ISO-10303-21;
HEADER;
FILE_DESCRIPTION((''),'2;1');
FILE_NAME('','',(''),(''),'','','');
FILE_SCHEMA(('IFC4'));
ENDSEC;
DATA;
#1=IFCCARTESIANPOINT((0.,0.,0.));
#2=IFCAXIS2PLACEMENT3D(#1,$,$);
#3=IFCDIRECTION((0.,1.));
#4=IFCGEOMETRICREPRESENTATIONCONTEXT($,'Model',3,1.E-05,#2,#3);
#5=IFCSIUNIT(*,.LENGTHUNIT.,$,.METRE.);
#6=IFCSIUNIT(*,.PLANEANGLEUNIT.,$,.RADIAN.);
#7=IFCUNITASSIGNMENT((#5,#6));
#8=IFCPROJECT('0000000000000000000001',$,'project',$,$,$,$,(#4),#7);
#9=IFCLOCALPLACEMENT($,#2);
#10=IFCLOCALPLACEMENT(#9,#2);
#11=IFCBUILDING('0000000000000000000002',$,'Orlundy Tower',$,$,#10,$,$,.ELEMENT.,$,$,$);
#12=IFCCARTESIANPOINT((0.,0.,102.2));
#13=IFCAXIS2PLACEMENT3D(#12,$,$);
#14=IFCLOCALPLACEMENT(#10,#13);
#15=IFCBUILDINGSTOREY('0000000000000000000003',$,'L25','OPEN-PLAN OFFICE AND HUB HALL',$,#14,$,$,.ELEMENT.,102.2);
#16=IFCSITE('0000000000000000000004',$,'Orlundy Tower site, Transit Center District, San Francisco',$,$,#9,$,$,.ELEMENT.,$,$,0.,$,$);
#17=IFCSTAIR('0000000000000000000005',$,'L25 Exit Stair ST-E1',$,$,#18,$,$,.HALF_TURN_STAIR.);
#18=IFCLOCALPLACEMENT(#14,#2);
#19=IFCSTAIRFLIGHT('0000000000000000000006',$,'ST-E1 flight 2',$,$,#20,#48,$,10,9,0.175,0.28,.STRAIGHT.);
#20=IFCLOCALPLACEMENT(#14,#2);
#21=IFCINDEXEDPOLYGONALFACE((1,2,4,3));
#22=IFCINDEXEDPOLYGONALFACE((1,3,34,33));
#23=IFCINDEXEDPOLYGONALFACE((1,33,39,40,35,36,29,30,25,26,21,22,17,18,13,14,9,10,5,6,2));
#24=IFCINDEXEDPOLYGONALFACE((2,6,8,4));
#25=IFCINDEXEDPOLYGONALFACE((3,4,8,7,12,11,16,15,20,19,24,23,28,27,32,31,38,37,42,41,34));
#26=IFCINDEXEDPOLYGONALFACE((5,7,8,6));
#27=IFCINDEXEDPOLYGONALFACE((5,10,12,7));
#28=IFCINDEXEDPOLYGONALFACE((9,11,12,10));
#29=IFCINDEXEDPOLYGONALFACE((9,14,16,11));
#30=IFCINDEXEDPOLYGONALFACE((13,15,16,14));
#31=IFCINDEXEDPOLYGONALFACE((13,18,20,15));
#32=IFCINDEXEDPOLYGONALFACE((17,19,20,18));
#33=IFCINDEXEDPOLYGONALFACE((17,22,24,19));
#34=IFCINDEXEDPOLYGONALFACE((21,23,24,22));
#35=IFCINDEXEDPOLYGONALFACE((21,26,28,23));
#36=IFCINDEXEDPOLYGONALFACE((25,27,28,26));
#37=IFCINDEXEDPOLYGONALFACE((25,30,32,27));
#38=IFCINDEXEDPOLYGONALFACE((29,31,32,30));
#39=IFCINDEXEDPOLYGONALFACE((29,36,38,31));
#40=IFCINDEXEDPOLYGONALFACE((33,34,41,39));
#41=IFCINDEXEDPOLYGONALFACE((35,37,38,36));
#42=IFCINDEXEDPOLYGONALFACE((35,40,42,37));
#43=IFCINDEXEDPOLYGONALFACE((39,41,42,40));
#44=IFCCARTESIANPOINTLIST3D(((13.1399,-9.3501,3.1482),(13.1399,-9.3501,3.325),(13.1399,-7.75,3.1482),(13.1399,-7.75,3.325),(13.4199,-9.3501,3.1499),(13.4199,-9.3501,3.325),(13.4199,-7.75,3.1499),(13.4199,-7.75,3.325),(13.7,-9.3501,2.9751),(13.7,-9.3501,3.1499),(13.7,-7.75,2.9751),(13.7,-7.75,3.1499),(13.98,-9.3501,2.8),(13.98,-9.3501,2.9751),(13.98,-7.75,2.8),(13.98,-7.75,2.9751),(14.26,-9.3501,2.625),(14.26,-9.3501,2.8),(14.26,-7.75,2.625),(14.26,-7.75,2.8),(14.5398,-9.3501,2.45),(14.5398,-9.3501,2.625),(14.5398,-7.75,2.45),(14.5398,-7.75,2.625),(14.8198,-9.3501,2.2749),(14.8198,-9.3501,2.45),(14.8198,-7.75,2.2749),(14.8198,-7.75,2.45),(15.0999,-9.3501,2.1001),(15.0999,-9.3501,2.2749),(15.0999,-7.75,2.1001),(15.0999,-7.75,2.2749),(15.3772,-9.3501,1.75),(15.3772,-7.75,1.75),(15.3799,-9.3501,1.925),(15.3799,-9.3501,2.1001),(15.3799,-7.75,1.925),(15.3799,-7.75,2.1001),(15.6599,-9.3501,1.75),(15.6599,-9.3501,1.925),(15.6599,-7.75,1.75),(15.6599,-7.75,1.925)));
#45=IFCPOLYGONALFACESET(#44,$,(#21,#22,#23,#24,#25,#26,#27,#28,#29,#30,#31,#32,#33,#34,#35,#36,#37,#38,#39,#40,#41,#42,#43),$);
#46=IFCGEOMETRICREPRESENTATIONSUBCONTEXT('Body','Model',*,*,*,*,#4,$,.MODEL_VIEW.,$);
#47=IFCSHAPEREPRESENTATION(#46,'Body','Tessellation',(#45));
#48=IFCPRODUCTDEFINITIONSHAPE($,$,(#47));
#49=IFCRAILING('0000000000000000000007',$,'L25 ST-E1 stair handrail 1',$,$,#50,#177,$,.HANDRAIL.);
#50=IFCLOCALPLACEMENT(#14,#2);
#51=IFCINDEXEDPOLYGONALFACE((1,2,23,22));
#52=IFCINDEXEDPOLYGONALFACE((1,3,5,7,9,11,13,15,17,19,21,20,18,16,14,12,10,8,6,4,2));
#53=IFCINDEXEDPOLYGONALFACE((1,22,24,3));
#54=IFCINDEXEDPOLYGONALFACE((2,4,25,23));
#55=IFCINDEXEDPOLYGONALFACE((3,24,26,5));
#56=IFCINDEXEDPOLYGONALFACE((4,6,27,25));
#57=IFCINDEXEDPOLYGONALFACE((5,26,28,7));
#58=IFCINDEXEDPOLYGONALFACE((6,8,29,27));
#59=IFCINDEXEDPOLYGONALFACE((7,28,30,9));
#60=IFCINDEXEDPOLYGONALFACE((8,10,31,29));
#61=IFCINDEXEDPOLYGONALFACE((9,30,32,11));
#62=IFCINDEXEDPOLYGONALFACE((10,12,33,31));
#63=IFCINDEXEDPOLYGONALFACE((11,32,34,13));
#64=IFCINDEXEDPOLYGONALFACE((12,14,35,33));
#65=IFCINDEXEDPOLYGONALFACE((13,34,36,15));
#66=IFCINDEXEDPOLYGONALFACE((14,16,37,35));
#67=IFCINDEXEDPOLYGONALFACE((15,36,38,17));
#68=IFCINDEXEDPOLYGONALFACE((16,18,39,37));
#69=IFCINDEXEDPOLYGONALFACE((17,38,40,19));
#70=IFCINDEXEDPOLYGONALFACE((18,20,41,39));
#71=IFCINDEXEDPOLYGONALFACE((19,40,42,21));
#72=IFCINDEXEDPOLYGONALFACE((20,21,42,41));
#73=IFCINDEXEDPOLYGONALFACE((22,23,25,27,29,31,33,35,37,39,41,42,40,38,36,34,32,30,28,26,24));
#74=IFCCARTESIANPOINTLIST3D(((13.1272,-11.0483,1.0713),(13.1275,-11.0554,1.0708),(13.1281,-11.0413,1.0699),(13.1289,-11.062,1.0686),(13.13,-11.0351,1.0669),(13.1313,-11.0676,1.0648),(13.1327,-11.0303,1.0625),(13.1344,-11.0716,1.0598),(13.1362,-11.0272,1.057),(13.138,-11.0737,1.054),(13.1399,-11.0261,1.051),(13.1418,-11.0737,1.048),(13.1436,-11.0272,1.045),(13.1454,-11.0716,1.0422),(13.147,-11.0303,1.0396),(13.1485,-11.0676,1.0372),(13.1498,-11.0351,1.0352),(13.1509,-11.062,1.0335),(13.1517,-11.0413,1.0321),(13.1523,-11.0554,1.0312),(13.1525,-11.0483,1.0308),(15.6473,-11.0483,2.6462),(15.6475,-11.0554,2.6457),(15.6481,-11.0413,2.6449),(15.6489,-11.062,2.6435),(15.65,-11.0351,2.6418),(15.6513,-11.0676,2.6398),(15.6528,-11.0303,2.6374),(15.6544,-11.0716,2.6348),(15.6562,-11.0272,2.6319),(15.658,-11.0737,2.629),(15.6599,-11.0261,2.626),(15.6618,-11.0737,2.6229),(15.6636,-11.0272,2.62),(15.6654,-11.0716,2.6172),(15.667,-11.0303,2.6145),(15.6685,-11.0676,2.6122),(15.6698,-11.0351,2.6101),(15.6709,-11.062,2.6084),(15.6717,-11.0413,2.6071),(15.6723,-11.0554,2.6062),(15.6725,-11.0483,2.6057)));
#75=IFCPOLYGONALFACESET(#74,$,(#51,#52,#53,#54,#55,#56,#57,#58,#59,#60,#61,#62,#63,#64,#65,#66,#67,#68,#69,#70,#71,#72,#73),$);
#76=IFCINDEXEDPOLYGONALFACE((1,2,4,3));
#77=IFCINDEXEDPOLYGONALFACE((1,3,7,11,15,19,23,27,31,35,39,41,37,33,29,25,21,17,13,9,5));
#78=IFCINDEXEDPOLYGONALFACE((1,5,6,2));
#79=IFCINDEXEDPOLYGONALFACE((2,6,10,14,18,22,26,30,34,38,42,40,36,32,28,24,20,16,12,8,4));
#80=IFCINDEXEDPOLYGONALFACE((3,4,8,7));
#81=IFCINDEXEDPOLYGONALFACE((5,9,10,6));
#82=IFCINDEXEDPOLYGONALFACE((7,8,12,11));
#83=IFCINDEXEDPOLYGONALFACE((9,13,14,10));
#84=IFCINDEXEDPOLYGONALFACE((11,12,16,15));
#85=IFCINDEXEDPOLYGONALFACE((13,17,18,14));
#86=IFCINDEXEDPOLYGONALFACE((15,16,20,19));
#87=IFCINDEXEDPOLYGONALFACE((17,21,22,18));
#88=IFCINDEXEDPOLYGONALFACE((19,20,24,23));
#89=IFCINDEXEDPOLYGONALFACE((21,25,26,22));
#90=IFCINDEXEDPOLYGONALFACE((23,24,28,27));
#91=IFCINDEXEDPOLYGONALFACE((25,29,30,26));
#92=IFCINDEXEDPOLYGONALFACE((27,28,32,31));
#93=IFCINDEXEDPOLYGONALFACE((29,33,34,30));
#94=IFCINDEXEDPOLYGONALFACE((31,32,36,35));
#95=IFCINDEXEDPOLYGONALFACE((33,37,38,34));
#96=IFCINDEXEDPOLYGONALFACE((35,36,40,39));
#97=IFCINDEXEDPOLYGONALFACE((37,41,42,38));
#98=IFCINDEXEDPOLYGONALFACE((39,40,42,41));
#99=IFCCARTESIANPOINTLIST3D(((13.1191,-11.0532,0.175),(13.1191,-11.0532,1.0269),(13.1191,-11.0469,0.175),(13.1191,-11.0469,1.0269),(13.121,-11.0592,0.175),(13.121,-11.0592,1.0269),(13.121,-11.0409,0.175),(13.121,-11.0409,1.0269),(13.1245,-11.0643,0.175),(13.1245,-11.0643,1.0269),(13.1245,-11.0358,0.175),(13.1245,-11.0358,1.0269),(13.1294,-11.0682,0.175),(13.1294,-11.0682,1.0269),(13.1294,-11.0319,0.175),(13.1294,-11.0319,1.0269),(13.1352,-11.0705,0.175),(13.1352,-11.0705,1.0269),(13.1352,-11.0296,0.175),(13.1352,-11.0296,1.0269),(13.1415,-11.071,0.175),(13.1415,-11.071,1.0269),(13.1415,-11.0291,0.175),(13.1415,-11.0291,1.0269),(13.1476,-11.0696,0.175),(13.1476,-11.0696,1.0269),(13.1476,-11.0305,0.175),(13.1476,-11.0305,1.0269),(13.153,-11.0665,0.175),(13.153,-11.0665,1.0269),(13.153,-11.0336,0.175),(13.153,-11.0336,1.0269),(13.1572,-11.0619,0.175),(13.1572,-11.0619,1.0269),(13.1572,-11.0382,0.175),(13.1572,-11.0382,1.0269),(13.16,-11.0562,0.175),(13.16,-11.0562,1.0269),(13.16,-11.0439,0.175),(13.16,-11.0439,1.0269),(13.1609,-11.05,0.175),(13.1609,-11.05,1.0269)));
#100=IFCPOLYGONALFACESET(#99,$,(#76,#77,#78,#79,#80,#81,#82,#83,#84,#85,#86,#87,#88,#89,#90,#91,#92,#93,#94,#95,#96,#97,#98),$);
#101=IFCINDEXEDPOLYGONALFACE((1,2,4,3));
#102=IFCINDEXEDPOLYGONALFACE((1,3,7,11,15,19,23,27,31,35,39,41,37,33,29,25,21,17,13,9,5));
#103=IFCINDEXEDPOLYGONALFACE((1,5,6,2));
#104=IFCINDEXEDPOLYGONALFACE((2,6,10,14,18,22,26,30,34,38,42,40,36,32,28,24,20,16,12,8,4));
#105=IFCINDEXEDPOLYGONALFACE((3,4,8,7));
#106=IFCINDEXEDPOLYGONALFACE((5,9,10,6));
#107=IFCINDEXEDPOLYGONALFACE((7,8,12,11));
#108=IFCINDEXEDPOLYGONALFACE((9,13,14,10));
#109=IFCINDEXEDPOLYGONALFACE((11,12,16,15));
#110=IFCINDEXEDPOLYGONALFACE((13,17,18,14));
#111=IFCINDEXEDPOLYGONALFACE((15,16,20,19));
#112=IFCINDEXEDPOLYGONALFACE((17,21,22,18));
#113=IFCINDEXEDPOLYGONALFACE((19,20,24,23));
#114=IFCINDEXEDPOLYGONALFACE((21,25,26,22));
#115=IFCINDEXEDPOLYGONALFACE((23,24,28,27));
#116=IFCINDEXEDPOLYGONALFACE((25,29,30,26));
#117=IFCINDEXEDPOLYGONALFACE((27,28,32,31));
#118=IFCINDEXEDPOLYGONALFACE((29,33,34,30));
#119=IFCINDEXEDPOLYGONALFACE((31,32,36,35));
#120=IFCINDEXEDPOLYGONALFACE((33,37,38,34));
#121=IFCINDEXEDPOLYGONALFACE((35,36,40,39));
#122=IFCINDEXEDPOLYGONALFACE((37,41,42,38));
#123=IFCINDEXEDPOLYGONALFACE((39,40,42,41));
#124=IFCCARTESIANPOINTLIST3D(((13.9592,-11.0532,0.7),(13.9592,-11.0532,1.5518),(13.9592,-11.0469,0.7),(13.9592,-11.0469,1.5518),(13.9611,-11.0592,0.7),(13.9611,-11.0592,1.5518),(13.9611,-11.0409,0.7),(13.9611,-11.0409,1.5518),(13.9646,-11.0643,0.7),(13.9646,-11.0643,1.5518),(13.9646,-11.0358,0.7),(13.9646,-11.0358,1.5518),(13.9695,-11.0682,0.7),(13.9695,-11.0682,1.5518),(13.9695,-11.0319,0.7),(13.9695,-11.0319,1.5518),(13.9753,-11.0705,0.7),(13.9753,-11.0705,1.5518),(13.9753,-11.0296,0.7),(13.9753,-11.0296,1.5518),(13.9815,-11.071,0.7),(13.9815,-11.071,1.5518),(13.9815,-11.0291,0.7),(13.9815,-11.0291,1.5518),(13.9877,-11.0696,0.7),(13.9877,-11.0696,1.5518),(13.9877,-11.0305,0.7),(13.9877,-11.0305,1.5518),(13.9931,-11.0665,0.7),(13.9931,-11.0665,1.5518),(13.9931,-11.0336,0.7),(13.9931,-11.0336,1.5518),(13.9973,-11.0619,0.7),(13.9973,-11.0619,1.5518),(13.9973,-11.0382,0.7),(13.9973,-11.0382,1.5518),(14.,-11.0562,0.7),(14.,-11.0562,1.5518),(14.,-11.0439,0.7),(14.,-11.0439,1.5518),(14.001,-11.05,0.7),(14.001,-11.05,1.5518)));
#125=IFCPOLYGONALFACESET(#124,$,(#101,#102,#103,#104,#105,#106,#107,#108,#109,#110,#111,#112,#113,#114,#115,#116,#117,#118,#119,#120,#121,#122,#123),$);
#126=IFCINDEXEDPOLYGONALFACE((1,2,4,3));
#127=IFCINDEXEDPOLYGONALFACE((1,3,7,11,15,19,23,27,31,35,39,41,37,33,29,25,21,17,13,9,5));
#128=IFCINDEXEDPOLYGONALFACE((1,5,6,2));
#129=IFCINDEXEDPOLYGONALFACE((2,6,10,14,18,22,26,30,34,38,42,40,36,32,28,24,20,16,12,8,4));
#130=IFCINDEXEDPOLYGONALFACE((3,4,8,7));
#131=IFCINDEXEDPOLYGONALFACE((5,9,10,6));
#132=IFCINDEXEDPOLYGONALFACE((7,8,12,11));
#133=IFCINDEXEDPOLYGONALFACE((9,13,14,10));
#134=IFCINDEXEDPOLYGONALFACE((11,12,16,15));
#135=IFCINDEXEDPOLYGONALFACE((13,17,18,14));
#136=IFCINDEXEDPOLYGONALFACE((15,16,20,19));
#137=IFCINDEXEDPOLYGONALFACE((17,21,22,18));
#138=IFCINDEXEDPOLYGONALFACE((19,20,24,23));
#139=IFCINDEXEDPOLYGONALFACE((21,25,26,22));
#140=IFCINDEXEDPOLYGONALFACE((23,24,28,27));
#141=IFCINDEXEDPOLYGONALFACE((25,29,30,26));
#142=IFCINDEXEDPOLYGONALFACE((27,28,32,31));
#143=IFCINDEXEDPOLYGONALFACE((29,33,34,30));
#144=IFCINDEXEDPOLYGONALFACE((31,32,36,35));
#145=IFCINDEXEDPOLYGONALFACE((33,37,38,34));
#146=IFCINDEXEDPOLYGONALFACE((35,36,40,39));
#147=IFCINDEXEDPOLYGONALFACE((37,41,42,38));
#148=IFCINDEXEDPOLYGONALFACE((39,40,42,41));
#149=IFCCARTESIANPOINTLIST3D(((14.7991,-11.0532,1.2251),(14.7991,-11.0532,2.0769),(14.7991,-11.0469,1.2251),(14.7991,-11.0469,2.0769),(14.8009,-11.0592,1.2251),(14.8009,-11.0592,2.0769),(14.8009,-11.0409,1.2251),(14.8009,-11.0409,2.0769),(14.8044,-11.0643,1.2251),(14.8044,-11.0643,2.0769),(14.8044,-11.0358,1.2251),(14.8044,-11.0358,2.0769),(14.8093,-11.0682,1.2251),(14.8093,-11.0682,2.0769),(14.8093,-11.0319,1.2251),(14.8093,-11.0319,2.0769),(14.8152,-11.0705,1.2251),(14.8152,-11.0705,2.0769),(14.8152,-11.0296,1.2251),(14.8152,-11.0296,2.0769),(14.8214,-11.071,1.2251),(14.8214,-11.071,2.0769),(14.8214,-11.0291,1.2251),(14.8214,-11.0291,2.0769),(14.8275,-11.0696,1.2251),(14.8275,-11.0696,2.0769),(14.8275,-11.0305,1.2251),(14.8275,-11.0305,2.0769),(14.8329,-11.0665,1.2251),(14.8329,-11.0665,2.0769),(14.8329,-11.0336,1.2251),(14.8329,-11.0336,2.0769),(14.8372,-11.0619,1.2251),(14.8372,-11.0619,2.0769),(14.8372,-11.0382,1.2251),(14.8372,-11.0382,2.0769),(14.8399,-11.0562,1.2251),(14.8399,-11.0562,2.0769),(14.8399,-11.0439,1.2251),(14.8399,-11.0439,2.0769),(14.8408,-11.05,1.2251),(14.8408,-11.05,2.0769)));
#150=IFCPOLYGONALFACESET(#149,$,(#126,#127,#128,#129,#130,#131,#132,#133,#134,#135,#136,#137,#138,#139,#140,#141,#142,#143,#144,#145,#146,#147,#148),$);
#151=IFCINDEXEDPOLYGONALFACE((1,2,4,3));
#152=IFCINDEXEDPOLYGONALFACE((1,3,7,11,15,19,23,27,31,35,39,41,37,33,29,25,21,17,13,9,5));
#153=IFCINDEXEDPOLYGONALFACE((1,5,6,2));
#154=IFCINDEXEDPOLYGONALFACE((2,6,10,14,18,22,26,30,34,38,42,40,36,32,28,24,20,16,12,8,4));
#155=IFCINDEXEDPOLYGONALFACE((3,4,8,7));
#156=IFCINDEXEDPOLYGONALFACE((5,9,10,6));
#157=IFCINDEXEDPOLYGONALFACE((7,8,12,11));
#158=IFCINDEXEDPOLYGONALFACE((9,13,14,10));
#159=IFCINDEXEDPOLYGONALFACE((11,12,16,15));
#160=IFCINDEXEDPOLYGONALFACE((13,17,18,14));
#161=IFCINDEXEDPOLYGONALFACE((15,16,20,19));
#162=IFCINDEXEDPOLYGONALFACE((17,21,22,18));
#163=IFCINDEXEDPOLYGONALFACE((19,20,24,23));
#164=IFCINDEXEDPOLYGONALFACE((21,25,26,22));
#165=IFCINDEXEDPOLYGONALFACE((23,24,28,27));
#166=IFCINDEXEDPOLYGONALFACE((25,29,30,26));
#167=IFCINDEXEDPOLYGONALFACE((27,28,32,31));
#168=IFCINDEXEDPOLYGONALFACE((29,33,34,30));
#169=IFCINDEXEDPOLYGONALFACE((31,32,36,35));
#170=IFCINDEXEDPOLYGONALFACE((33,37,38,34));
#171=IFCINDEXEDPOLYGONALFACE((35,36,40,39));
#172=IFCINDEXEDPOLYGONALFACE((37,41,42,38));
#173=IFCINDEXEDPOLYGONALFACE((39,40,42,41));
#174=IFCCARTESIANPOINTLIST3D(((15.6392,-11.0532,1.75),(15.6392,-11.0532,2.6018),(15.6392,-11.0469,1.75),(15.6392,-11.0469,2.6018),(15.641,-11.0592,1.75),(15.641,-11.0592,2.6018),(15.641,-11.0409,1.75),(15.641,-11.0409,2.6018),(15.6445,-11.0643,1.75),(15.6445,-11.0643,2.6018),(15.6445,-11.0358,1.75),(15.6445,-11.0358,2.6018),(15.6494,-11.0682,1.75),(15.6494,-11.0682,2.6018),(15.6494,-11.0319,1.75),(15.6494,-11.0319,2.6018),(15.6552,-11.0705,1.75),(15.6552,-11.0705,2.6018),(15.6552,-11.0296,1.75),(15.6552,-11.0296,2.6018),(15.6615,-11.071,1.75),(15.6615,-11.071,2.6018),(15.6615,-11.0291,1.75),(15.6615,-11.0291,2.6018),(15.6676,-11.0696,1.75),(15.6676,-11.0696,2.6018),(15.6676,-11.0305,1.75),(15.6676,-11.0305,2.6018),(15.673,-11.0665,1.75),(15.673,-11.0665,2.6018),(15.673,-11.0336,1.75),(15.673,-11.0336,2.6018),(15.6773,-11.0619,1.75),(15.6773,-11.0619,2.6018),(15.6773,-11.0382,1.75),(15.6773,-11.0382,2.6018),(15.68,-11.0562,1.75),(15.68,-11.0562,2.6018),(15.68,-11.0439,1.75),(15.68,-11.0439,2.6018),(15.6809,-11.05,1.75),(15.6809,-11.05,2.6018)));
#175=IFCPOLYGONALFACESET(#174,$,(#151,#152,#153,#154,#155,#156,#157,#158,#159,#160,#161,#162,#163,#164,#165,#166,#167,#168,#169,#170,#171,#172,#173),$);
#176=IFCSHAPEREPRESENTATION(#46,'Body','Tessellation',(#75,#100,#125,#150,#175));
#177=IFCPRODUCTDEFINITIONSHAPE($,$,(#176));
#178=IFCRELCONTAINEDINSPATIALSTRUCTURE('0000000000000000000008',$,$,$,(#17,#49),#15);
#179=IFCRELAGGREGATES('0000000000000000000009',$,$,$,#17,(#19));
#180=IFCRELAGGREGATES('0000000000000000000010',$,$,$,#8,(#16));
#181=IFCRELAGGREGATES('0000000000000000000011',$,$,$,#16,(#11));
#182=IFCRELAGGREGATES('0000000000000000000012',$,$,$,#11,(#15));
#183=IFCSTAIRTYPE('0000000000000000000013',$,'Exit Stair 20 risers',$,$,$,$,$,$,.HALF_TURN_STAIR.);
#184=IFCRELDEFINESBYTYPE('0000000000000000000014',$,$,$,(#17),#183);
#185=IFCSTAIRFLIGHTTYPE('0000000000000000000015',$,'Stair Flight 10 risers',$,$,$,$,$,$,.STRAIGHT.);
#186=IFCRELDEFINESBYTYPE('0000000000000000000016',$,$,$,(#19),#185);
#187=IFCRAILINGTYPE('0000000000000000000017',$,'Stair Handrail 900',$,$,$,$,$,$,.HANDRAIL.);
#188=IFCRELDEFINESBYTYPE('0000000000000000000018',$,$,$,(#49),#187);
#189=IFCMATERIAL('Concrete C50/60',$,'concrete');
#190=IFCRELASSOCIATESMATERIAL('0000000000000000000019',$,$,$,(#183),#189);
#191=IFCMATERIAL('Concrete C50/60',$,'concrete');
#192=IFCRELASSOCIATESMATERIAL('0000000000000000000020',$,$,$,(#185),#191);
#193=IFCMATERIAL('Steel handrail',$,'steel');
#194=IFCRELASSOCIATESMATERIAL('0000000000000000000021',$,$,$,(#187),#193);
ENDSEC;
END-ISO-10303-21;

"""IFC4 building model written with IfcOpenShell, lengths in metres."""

from ifc_helpers import new_model, si_unit, direction, frame, origin, origin_2d, place, context, subcontext, project, spatial, polyline, circle, outline, extrude, material, type_object, element, aggregate, save


model = new_model("IFC4")

# Units and contexts
model_context = context("Model", 3, precision=1e-05, world=origin(), true_north=direction((0.0, 1.0)))
body_context = subcontext(model_context, "Body", "Model", "MODEL_VIEW")
ifc_project = project(units=[si_unit("LENGTHUNIT", "METRE"), si_unit("PLANEANGLEUNIT", "RADIAN")], contexts=[model_context])

# Site, building, storey
site_placement = place(None, origin())
site = spatial("IfcSite", under=ifc_project, at=site_placement, Name="Orlundy Tower site, Transit Center District, San Francisco", CompositionType="ELEMENT", RefElevation=0.0)
building_placement = place(site_placement, origin())
building = spatial("IfcBuilding", under=site, at=building_placement, Name="Orlundy Tower", CompositionType="ELEMENT")
storey_placement = place(building_placement, frame((0.0, 0.0, 102.2)))
storey = spatial("IfcBuildingStorey", under=building, at=storey_placement, Name="L25", Description="OPEN-PLAN OFFICE AND HUB HALL", CompositionType="ELEMENT", Elevation=102.2)

# Stair, stair flight
ifc_material_1 = material(Name="Concrete C50/60", Category="concrete")
stair_type = type_object("IfcStairType", Name="Exit Stair 20 risers", PredefinedType="HALF_TURN_STAIR", material=ifc_material_1)
stair_placement = place(storey_placement, origin())
stair = element("IfcStair", 1, at=stair_placement, inside=storey, type_object=stair_type, Name="L25 Exit Stair ST-E1", PredefinedType="HALF_TURN_STAIR")
ifc_material_2 = material(Name="Concrete C50/60", Category="concrete")
stair_flight_type = type_object("IfcStairFlightType", Name="Stair Flight 10 risers", PredefinedType="STRAIGHT", material=ifc_material_2)
stair_flight_1_placement = place(storey_placement, frame((15.6599, -8.55, 1.75), z_axis=(0.0, 0.0, 1.0), x_axis=(-1.0, 0.0, 0.0)))
stair_flight_1 = element("IfcStairFlight", 2, at=stair_flight_1_placement, type_object=stair_flight_type, Name="ST-E1 flight 2", NumberOfRisers=10, NumberOfTreads=9, PredefinedType="STRAIGHT", RiserHeight=0.175, TreadLength=0.28, context=body_context, shape_type="SweptSolid", body=[
    extrude(outline(polyline([(0.0, 0.0), (0.0, 0.175), (0.28, 0.175), (0.28, 0.3501), (0.5601, 0.3501), (0.5601, 0.5249), (0.8401, 0.5249), (0.8401, 0.7), (1.1201, 0.7), (1.1201, 0.875), (1.3999, 0.875), (1.3999, 1.05), (1.6799, 1.05), (1.6799, 1.2251), (1.96, 1.2251), (1.96, 1.3999), (2.24, 1.3999), (2.24, 1.575), (2.52, 1.575), (2.52, 1.75), (2.52, 1.3982), (0.2827, 0.0), (0.0, 0.0)])), frame((0.0, 0.8, 0.0), z_axis=(0.0, -1.0, 0.0), x_axis=(1.0, 0.0, 0.0)), (0.0, 0.0, 1.0), 1.6001),
])
aggregate(stair, [stair_flight_1])

# Railing
ifc_material_3 = material(Name="Steel handrail", Category="steel")
railing_type_1 = type_object("IfcRailingType", Name="Stair Handrail 900", PredefinedType="HANDRAIL", material=ifc_material_3)
railing_1_placement = place(storey_placement, frame((13.1399, -11.05, 0.175)))
element("IfcRailing", 3, at=railing_1_placement, inside=storey, type_object=railing_type_1, Name="L25 ST-E1 stair handrail 1", PredefinedType="HANDRAIL", context=body_context, shape_type="SweptSolid", body=[
    extrude(circle(Radius=0.0239, at=origin_2d()), frame((0.0, 0.0, 0.876), z_axis=(0.848008, 0.0, 0.529984), x_axis=(0.0, 1.0, 0.0)), (0.0, 0.0, 1.0), 2.9717),
    extrude(circle(Radius=0.021, at=origin_2d()), origin(), (0.0, 0.0, 1.0), 0.8518),
    extrude(circle(Radius=0.021, at=origin_2d()), frame((0.8401, 0.0, 0.5249)), (0.0, 0.0, 1.0), 0.8518),
    extrude(circle(Radius=0.021, at=origin_2d()), frame((1.6799, 0.0, 1.05)), (0.0, 0.0, 1.0), 0.8518),
    extrude(circle(Radius=0.021, at=origin_2d()), frame((2.52, 0.0, 1.575)), (0.0, 0.0, 1.0), 0.8518),
])

save(model, "model.ifc")
